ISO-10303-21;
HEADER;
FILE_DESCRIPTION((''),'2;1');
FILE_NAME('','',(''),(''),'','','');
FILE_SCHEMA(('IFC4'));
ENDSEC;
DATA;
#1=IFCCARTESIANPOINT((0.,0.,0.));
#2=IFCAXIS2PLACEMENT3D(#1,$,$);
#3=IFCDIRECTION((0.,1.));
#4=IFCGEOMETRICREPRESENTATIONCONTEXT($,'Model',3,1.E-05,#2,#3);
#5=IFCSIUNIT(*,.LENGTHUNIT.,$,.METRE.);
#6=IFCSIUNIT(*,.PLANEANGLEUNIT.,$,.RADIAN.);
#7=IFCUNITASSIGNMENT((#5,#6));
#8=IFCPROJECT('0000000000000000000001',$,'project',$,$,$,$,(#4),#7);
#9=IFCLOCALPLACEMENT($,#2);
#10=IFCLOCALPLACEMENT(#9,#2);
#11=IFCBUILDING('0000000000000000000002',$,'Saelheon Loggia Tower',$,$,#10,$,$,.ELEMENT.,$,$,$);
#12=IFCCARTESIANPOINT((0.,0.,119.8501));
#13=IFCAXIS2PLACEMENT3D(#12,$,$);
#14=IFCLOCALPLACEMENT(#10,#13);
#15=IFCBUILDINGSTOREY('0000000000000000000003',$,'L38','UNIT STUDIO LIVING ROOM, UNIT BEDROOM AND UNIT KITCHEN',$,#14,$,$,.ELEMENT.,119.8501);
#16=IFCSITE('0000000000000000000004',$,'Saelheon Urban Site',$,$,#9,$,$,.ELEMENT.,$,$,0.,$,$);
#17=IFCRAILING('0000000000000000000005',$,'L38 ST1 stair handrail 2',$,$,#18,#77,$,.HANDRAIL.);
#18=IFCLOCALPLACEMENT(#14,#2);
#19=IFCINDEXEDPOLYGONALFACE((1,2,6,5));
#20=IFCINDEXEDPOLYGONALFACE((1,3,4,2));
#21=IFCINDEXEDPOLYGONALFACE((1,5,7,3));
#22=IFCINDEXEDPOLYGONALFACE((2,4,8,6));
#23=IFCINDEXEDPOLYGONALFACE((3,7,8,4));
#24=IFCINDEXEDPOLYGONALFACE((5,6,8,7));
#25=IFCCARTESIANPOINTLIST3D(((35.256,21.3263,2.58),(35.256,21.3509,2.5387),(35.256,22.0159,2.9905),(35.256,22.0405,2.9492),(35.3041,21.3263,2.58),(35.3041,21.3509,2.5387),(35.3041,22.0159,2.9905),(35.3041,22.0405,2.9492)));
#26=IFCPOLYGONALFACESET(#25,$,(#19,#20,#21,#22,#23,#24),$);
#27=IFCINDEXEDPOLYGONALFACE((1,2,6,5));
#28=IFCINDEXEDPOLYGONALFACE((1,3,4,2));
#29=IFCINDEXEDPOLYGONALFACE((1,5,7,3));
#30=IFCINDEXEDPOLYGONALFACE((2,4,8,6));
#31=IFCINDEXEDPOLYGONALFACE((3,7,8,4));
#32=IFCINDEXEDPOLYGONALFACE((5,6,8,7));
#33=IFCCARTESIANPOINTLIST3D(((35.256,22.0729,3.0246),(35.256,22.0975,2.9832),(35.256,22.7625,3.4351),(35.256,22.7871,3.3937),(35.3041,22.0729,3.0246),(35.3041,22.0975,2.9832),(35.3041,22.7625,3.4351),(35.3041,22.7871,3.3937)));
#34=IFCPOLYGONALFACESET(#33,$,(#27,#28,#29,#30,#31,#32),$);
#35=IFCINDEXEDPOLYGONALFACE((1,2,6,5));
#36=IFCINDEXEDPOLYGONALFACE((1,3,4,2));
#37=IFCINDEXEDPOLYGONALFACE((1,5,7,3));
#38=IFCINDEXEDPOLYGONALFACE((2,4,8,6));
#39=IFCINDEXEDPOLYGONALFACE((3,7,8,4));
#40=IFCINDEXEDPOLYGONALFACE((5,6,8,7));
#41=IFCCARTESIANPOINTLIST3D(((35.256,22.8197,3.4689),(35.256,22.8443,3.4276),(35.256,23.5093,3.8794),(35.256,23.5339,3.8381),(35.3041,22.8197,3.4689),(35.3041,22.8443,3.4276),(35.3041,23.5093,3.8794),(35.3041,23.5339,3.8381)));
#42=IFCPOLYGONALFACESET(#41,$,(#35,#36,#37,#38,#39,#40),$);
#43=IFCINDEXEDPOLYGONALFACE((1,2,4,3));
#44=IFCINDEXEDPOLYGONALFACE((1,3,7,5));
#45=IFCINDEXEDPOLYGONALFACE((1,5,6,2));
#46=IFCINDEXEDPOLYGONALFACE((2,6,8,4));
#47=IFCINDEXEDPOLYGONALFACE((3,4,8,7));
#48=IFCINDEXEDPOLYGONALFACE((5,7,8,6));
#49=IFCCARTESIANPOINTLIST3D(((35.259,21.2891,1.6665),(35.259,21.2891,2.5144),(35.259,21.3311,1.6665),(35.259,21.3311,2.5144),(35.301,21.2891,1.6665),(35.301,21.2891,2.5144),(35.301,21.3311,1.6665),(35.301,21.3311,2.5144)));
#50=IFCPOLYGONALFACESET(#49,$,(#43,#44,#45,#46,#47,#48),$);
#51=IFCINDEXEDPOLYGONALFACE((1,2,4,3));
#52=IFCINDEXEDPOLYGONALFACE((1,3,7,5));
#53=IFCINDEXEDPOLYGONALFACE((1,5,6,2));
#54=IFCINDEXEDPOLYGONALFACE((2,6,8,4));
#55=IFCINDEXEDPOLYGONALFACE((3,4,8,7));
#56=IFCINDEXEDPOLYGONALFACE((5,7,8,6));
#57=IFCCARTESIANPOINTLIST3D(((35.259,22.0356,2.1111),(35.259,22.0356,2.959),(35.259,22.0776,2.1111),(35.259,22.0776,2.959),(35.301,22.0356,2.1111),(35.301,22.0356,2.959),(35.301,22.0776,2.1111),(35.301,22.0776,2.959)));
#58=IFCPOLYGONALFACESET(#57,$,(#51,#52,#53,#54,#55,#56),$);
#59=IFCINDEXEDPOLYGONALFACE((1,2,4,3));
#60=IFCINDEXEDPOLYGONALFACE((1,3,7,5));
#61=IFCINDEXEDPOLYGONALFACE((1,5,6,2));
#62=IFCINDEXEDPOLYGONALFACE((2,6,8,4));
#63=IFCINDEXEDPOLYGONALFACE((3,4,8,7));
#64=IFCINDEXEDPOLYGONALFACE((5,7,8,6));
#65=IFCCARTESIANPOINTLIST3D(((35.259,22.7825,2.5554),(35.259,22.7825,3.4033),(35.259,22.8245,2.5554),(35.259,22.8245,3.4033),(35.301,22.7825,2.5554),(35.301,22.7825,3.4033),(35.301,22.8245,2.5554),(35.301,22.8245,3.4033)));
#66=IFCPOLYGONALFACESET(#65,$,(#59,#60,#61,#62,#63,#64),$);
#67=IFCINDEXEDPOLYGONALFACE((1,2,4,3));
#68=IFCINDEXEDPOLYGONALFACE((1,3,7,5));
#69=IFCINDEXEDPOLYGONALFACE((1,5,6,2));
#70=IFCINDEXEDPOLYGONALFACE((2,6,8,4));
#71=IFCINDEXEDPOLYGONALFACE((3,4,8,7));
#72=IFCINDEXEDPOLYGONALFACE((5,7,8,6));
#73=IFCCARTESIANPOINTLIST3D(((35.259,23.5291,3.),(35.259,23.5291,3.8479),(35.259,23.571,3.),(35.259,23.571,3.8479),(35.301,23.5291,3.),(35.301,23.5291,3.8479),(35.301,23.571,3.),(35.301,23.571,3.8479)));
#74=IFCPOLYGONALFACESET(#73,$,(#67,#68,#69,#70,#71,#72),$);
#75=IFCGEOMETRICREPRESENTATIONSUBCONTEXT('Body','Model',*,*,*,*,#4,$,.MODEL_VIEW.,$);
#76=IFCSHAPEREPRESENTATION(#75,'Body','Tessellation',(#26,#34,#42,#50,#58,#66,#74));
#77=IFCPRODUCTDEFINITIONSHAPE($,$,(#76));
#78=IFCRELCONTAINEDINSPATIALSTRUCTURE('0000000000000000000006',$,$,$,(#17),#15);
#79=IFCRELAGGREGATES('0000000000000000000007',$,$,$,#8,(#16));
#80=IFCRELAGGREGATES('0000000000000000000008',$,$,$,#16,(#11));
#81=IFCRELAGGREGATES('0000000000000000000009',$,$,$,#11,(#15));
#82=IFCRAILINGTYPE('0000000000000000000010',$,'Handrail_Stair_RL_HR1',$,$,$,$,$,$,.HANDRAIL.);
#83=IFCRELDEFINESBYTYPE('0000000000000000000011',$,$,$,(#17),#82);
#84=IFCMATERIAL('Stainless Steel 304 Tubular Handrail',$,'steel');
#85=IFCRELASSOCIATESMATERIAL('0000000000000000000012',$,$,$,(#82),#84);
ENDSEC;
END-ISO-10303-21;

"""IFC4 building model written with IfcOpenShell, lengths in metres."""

from ifc_helpers import new_model, si_unit, direction, frame, origin, origin_2d, place, context, subcontext, project, spatial, rectangle, extrude, material, type_object, element, save


model = new_model("IFC4")

# Units and contexts
model_context = context("Model", 3, precision=1e-05, world=origin(), true_north=direction((0.0, 1.0)))
body_context = subcontext(model_context, "Body", "Model", "MODEL_VIEW")
ifc_project = project(units=[si_unit("LENGTHUNIT", "METRE"), si_unit("PLANEANGLEUNIT", "RADIAN")], contexts=[model_context])

# Site, building, storey
site_placement = place(None, origin())
site = spatial("IfcSite", under=ifc_project, at=site_placement, Name="Saelheon Urban Site", CompositionType="ELEMENT", RefElevation=0.0)
building_placement = place(site_placement, origin())
building = spatial("IfcBuilding", under=site, at=building_placement, Name="Saelheon Loggia Tower", CompositionType="ELEMENT")
storey_placement = place(building_placement, frame((0.0, 0.0, 119.8501)))
storey = spatial("IfcBuildingStorey", under=building, at=storey_placement, Name="L38", Description="UNIT STUDIO LIVING ROOM, UNIT BEDROOM AND UNIT KITCHEN", CompositionType="ELEMENT", Elevation=119.8501)

# Railing
ifc_material_1 = material(Name="Stainless Steel 304 Tubular Handrail", Category="steel")
railing_type_1 = type_object("IfcRailingType", Name="Handrail_Stair_RL_HR1", PredefinedType="HANDRAIL", material=ifc_material_1)
railing_1_placement = place(storey_placement, frame((35.28, 21.3101, 1.6665)))
element("IfcRailing", 1, at=railing_1_placement, inside=storey, type_object=railing_type_1, Name="L38 ST1 stair handrail 2", PredefinedType="HANDRAIL", context=body_context, shape_type="SweptSolid", body=[
    extrude(rectangle(XDim=0.0481, YDim=0.0481, at=origin_2d()), frame((0.0, 0.0286, 0.8928), z_axis=(0.0, 0.859264, 0.511532), x_axis=(-1.0, 0.0, 0.0)), (0.0, 0.0, 1.0), 0.8025),
    extrude(rectangle(XDim=0.0481, YDim=0.0481, at=origin_2d()), frame((0.0, 0.7751, 1.3374), z_axis=(0.0, 0.859264, 0.511532), x_axis=(-1.0, 0.0, 0.0)), (0.0, 0.0, 1.0), 0.8025),
    extrude(rectangle(XDim=0.0481, YDim=0.0481, at=origin_2d()), frame((0.0, 1.522, 1.7817), z_axis=(0.0, 0.859264, 0.511532), x_axis=(-1.0, 0.0, 0.0)), (0.0, 0.0, 1.0), 0.8025),
    extrude(rectangle(XDim=0.042, YDim=0.042, at=origin_2d()), origin(), (0.0, 0.0, 1.0), 0.8479),
    extrude(rectangle(XDim=0.042, YDim=0.042, at=origin_2d()), frame((0.0, 0.7466, 0.4446)), (0.0, 0.0, 1.0), 0.8479),
    extrude(rectangle(XDim=0.042, YDim=0.042, at=origin_2d()), frame((0.0, 1.4934, 0.8889)), (0.0, 0.0, 1.0), 0.8479),
    extrude(rectangle(XDim=0.042, YDim=0.042, at=origin_2d()), frame((0.0, 2.24, 1.3335)), (0.0, 0.0, 1.0), 0.8479),
])

save(model, "model.ifc")
